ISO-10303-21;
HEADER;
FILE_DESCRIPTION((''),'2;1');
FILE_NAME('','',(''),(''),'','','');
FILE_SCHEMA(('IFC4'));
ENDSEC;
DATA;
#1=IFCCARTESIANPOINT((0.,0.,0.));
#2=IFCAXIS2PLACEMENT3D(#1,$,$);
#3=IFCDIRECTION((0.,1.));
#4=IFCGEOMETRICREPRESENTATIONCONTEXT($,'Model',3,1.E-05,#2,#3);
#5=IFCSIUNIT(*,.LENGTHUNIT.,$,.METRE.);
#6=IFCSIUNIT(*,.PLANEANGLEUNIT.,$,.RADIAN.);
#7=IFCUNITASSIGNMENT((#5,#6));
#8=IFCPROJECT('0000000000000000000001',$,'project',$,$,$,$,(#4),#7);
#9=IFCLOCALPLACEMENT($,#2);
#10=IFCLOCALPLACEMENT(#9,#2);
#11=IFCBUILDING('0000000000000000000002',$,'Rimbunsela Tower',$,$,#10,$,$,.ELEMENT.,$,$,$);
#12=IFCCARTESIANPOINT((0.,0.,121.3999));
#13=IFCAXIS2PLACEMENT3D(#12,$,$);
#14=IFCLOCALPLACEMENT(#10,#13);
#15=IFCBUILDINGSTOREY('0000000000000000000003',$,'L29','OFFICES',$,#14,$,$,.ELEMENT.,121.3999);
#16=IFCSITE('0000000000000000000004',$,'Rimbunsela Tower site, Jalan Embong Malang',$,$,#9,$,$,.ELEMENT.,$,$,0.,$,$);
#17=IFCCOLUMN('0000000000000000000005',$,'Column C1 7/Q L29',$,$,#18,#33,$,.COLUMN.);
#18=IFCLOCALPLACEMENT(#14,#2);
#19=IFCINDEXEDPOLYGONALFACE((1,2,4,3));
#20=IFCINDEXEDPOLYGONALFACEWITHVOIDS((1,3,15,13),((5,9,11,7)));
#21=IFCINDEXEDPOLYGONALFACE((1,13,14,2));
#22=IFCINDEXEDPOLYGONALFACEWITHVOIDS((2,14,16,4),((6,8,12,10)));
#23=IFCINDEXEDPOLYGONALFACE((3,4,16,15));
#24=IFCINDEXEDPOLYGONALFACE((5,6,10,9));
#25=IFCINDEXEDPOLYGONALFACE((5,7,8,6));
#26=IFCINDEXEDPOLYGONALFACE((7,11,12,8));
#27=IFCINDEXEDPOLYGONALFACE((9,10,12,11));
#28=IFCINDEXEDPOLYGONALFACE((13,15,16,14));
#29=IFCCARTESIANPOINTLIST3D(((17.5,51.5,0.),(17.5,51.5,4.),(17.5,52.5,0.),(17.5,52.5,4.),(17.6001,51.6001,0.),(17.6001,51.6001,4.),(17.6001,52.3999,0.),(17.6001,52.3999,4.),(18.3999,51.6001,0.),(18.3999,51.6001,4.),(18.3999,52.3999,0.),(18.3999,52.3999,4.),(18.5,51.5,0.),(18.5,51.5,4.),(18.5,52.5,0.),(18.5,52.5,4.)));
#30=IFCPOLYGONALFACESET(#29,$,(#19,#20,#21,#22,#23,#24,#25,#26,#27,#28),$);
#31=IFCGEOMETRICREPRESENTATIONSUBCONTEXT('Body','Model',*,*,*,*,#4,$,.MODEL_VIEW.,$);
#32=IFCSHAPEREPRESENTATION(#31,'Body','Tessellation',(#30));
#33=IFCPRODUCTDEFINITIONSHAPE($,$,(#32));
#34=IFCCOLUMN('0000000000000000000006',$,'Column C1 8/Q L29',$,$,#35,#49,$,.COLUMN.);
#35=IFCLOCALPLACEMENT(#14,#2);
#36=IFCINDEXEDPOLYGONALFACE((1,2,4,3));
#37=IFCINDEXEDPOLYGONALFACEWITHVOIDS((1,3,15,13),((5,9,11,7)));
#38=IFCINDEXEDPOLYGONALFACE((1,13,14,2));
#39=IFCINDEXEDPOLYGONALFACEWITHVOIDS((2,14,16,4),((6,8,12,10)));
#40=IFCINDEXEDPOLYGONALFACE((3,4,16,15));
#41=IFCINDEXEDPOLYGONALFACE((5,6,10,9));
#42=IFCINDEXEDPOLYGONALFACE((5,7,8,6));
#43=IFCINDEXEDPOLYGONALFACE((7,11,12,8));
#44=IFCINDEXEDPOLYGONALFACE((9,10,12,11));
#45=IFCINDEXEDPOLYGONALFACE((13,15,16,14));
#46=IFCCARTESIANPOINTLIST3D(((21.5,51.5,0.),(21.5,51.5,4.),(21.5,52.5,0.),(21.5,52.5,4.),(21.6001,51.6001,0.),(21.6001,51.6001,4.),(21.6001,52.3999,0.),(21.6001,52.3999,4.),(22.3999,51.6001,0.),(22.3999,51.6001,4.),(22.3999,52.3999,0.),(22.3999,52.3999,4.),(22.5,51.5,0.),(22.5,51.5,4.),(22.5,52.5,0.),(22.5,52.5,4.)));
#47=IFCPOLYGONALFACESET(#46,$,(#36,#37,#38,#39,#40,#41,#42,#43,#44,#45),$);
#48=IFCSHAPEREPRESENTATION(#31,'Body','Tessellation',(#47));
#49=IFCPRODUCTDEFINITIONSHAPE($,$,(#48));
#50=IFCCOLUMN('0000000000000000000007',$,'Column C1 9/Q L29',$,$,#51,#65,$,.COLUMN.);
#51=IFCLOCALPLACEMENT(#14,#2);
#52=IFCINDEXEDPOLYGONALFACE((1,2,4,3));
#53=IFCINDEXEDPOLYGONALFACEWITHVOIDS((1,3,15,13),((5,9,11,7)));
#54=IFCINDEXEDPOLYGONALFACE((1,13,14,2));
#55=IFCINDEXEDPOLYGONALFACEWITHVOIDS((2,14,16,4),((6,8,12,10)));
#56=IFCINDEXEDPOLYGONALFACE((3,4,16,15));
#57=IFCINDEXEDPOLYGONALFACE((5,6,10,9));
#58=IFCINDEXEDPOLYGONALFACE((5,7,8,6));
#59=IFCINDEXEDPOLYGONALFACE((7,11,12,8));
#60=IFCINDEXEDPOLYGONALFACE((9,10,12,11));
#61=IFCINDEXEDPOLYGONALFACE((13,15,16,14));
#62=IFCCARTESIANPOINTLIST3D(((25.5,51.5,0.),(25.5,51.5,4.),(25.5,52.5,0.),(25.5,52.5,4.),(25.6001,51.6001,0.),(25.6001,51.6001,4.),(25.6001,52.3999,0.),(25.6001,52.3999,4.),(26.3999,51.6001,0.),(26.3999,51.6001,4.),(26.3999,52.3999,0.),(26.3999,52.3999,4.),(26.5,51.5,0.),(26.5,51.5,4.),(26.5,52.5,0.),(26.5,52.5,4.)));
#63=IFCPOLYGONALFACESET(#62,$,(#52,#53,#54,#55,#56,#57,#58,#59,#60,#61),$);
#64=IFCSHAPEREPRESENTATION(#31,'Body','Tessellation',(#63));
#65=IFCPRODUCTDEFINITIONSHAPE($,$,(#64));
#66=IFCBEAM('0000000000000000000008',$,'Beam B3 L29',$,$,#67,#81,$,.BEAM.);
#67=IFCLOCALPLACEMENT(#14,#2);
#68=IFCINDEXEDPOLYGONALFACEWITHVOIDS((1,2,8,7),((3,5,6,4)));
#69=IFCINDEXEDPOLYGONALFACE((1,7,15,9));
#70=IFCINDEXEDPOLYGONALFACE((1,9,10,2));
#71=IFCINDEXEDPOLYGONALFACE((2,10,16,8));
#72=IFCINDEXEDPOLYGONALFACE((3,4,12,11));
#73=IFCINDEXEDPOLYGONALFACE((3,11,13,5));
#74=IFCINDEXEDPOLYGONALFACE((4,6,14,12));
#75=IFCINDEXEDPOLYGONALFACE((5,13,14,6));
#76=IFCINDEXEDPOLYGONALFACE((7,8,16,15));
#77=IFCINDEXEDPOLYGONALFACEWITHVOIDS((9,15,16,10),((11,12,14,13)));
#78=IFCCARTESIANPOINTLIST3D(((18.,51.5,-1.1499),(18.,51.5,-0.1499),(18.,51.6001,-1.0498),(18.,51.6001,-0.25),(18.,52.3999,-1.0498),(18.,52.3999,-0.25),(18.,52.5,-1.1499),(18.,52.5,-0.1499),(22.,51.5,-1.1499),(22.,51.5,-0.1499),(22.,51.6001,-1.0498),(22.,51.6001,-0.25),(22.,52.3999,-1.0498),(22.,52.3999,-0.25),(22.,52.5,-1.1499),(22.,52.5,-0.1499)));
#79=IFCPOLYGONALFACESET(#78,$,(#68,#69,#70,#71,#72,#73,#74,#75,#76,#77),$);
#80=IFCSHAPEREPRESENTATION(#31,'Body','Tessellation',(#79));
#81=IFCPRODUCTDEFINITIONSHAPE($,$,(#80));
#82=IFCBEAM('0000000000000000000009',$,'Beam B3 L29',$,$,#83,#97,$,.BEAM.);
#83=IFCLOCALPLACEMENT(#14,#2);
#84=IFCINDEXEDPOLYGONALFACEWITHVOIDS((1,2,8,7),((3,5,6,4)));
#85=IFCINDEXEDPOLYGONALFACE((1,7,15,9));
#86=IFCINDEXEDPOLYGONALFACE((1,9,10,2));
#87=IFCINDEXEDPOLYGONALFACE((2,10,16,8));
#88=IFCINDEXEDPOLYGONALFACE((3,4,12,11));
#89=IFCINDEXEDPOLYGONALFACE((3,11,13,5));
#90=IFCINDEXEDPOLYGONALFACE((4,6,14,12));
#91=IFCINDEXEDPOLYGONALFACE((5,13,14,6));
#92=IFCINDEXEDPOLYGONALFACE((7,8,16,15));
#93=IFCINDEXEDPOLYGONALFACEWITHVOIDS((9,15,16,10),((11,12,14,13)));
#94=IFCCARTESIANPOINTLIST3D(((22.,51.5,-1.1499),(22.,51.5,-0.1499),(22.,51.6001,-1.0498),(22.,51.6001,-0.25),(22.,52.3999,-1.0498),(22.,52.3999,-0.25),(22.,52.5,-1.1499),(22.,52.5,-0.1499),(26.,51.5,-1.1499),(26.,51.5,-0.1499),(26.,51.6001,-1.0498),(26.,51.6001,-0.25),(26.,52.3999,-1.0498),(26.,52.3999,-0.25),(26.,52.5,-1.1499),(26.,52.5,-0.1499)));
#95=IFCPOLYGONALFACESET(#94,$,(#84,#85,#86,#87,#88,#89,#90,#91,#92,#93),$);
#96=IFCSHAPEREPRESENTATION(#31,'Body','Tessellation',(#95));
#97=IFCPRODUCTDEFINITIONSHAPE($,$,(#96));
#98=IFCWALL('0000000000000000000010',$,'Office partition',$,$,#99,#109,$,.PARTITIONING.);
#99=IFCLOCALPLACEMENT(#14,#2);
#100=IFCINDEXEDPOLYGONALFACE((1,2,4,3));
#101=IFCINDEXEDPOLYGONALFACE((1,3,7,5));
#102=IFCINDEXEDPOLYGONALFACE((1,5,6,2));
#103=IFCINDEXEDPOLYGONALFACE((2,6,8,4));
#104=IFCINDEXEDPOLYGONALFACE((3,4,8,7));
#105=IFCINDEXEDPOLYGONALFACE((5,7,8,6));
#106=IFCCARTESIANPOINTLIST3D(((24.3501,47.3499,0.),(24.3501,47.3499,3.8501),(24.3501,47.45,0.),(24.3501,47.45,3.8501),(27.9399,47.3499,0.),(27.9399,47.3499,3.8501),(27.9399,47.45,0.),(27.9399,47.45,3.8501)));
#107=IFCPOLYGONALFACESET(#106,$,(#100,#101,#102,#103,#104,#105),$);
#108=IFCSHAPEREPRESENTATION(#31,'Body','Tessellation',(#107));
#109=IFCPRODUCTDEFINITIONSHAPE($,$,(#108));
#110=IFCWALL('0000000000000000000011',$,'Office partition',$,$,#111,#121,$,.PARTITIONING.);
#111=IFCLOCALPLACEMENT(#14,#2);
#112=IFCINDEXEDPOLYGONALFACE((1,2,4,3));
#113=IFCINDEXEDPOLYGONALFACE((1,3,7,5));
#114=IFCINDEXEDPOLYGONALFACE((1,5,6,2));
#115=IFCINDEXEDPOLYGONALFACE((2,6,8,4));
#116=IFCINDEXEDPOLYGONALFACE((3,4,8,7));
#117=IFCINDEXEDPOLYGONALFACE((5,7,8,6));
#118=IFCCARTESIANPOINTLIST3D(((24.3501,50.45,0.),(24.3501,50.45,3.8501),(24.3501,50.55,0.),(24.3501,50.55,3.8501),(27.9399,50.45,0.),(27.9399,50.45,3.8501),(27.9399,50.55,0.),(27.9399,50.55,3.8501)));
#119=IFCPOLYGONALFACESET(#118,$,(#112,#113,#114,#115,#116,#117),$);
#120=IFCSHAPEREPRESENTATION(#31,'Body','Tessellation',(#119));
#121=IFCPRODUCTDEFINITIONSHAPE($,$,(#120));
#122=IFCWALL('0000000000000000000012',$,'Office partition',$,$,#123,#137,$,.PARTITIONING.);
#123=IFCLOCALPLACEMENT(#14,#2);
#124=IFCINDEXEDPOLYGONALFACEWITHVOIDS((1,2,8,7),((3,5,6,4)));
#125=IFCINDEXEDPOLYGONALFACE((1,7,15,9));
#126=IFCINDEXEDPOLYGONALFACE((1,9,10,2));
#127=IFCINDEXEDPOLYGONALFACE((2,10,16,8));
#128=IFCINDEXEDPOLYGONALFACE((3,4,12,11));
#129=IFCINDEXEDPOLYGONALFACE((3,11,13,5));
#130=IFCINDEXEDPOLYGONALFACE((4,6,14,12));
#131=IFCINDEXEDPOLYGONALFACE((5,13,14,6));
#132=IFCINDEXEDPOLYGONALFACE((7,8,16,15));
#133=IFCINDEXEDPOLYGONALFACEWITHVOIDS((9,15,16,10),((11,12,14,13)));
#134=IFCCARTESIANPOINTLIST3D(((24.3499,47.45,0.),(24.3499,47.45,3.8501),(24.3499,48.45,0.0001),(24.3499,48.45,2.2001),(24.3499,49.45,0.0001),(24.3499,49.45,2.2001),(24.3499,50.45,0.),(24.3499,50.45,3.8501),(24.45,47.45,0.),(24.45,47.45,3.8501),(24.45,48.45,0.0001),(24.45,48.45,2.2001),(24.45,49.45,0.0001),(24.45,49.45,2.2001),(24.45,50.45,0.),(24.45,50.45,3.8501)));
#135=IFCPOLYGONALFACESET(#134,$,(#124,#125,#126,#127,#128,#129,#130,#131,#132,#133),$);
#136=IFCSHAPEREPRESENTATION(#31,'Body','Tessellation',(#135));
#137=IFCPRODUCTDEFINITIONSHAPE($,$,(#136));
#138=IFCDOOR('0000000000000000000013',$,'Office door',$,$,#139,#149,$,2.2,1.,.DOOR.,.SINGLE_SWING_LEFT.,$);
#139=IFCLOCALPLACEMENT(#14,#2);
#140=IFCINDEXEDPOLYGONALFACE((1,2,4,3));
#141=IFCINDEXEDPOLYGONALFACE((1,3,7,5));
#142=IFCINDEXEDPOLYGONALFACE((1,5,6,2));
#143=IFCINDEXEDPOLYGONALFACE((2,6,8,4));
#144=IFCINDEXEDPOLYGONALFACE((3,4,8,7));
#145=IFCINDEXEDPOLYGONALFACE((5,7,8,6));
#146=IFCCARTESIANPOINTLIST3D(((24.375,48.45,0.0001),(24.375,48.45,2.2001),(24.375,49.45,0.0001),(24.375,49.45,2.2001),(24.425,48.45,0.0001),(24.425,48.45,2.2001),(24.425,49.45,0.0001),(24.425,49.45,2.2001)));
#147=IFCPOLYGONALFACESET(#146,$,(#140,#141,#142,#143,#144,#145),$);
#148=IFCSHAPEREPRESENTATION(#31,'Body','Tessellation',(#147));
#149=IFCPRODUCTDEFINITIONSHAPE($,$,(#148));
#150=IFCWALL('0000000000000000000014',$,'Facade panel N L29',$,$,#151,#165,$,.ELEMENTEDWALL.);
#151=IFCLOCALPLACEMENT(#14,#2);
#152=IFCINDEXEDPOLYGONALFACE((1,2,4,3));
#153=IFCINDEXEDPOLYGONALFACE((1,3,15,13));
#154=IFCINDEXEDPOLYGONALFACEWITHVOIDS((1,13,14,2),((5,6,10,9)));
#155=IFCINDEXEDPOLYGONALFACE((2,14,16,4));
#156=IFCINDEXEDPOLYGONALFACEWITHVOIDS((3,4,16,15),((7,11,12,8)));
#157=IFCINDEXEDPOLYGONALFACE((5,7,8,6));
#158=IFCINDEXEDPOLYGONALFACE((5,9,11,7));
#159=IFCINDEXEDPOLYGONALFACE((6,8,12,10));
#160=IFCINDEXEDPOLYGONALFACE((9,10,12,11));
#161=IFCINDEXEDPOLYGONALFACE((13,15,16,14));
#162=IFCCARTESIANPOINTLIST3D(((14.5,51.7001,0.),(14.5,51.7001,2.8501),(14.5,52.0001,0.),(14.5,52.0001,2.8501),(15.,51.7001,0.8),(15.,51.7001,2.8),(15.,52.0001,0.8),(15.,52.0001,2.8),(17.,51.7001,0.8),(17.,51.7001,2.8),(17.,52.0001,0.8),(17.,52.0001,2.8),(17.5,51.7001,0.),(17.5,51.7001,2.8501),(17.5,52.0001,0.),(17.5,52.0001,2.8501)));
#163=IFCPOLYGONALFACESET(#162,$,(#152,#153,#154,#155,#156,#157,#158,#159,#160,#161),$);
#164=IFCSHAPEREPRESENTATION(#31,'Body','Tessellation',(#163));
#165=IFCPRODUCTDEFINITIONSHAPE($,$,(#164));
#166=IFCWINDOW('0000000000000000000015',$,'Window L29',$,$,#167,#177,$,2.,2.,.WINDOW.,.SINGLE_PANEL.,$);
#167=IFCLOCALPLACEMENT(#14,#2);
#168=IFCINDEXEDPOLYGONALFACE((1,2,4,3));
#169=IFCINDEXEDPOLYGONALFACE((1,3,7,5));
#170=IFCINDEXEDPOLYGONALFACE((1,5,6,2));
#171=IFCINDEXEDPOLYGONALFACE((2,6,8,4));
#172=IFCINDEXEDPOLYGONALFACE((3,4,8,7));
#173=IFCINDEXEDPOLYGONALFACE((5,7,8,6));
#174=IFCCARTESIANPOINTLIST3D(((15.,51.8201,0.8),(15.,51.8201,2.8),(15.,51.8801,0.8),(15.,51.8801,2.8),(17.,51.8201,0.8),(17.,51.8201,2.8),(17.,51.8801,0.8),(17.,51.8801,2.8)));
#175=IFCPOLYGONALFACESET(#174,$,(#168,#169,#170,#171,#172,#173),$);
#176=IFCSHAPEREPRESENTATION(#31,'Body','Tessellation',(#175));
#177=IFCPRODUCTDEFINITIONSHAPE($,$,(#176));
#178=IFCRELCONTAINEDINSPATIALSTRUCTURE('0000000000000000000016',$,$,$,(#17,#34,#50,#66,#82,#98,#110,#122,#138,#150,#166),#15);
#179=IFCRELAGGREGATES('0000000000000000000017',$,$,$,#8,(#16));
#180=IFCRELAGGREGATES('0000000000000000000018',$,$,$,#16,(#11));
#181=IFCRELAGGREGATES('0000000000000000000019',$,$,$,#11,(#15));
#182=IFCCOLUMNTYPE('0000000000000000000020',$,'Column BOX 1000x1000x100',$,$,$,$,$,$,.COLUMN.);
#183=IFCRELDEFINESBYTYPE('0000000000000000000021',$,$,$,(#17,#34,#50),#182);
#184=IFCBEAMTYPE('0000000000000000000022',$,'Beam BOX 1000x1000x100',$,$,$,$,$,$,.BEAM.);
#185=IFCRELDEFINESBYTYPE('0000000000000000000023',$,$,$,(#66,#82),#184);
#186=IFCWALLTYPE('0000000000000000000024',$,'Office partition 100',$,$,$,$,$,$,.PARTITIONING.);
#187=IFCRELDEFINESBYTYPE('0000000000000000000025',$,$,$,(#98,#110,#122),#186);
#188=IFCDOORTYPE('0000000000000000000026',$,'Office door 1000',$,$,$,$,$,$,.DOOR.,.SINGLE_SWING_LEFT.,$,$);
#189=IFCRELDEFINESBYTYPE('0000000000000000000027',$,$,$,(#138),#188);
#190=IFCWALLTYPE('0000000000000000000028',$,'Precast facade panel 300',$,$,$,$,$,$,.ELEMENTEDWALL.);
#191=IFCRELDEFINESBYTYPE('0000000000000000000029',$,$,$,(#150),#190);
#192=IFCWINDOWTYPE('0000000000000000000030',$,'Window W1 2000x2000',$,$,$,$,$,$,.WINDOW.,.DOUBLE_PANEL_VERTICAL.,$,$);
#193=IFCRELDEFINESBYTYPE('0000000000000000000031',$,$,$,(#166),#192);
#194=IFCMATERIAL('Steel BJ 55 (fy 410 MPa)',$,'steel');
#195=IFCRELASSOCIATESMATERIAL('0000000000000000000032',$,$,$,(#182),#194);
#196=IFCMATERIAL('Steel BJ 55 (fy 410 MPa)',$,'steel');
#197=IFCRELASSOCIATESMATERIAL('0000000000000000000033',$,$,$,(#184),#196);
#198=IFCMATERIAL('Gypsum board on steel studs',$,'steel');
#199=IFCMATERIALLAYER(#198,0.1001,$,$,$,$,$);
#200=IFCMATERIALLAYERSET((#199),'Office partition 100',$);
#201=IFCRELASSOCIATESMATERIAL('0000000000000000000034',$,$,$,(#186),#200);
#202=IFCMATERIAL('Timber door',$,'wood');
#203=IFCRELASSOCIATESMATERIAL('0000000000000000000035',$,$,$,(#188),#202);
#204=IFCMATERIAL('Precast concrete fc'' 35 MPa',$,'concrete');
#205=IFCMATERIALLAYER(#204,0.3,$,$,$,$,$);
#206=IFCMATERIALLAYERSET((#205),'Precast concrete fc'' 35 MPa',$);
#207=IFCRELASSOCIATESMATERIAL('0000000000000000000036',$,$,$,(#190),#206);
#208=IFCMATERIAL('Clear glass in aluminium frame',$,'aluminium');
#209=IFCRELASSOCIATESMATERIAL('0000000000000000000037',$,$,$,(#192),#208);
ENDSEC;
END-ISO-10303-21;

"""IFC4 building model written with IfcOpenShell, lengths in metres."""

from ifc_helpers import new_model, si_unit, direction, frame, frame_2d, origin, origin_2d, place, context, subcontext, project, spatial, rectangle, hollow_rectangle, extrude, material, layer, layer_set, material_profile, profile_set, type_object, element, fill, save


model = new_model("IFC4")

# Units and contexts
model_context = context("Model", 3, precision=1e-05, world=origin(), true_north=direction((0.0, 1.0)))
body_context = subcontext(model_context, "Body", "Model", "MODEL_VIEW")
ifc_project = project(units=[si_unit("LENGTHUNIT", "METRE"), si_unit("PLANEANGLEUNIT", "RADIAN")], contexts=[model_context])

# Site, building, storey
site_placement = place(None, origin())
site = spatial("IfcSite", under=ifc_project, at=site_placement, Name="Rimbunsela Tower site, Jalan Embong Malang", CompositionType="ELEMENT", RefElevation=0.0)
building_placement = place(site_placement, origin())
building = spatial("IfcBuilding", under=site, at=building_placement, Name="Rimbunsela Tower", CompositionType="ELEMENT")
storey_placement = place(building_placement, frame((0.0, 0.0, 121.3999)))
storey = spatial("IfcBuildingStorey", under=building, at=storey_placement, Name="L29", Description="OFFICES", CompositionType="ELEMENT", Elevation=121.3999)

# Columns
ifc_material_1 = material(Name="Steel BJ 55 (fy 410 MPa)", Category="steel")
ifc_material_profile_1 = material_profile(ifc_material_1, hollow_rectangle(XDim=1.0, YDim=1.0, WallThickness=0.1001, at=origin_2d()), Name="BOX 1000x1000x100")
ifc_profile_set_1 = profile_set([ifc_material_profile_1], Name="Steel BJ 55 (fy 410 MPa)")
column_type = type_object("IfcColumnType", Name="Column BOX 1000x1000x100", PredefinedType="COLUMN", material=ifc_profile_set_1)
for number, where, z_axis, x_axis, name in (
    (1, (18.0, 52.0, 0.0), (0.0, 0.0, 1.0), (1.0, 0.0, 0.0), "Column C1 7/Q L29"),
    (2, (22.0, 52.0, 0.0), (0.0, 0.0, 1.0), (1.0, 0.0, 0.0), "Column C1 8/Q L29"),
    (3, (26.0, 52.0, 0.0), (0.0, 0.0, 1.0), (1.0, 0.0, 0.0), "Column C1 9/Q L29"),
):
    element("IfcColumn", number, at=place(storey_placement, frame(where, z_axis=z_axis, x_axis=x_axis)), inside=storey, type_object=column_type, Name=name, PredefinedType="COLUMN", context=body_context, shape_type="SweptSolid", body=[
        extrude(hollow_rectangle(XDim=1.0, YDim=1.0, WallThickness=0.1001, at=origin_2d()), origin(), (0.0, 0.0, 1.0), 4.0),
    ])

# Beams
ifc_material_2 = material(Name="Steel BJ 55 (fy 410 MPa)", Category="steel")
ifc_material_profile_2 = material_profile(ifc_material_2, hollow_rectangle(XDim=1.0, YDim=1.0, WallThickness=0.1001, at=origin_2d()), Name="BOX 1000x1000x100")
ifc_profile_set_2 = profile_set([ifc_material_profile_2], Name="Steel BJ 55 (fy 410 MPa)")
beam_type = type_object("IfcBeamType", Name="Beam BOX 1000x1000x100", PredefinedType="BEAM", material=ifc_profile_set_2)
for number, where, z_axis, x_axis, name in (
    (4, (18.0, 52.0, -0.6499), (1.0, 0.0, 0.0), (0.0, 1.0, 0.0), "Beam B3 L29"),
    (5, (22.0, 52.0, -0.6499), (1.0, 0.0, 0.0), (0.0, 1.0, 0.0), "Beam B3 L29"),
):
    element("IfcBeam", number, at=place(storey_placement, frame(where, z_axis=z_axis, x_axis=x_axis)), inside=storey, type_object=beam_type, Name=name, PredefinedType="BEAM", context=body_context, shape_type="SweptSolid", body=[
        extrude(hollow_rectangle(XDim=1.0, YDim=1.0, WallThickness=0.1001, at=origin_2d()), origin(), (0.0, 0.0, 1.0), 4.0),
    ])

# Walls
ifc_material_3 = material(Name="Gypsum board on steel studs", Category="steel")
ifc_layer_1 = layer(ifc_material_3, 0.1001)
ifc_layer_set_1 = layer_set([ifc_layer_1], Name="Office partition 100")
wall_type_1 = type_object("IfcWallType", Name="Office partition 100", PredefinedType="PARTITIONING", material=ifc_layer_set_1)
for number, where, z_axis, x_axis, name in (
    (6, (24.3501, 47.3999, 0.0), (0.0, 0.0, 1.0), (1.0, 0.0, 0.0), "Office partition"),
    (7, (24.3501, 50.5, 0.0), (0.0, 0.0, 1.0), (1.0, 0.0, 0.0), "Office partition"),
):
    element("IfcWall", number, at=place(storey_placement, frame(where, z_axis=z_axis, x_axis=x_axis)), inside=storey, type_object=wall_type_1, Name=name, PredefinedType="PARTITIONING", context=body_context, shape_type="SweptSolid", body=[
        extrude(rectangle(XDim=3.5898, YDim=0.1001, at=frame_2d((1.7949, 0.0))), origin(), (0.0, 0.0, 1.0), 3.8501),
    ])

# Wall, opening, door
wall_1_placement = place(storey_placement, frame((24.3999, 47.45, 0.0), z_axis=(0.0, 0.0, 1.0), x_axis=(0.0, 1.0, 0.0)))
wall_1 = element("IfcWall", 8, at=wall_1_placement, inside=storey, type_object=wall_type_1, Name="Office partition", PredefinedType="PARTITIONING", context=body_context, shape_type="SweptSolid", body=[
    extrude(rectangle(XDim=3.0, YDim=0.1001, at=frame_2d((1.5, 0.0))), origin(), (0.0, 0.0, 1.0), 3.8501),
])
opening_1_placement = place(wall_1_placement, frame((1.0, 0.0, 0.0)))
opening_1 = element("IfcOpeningElement", 9, at=opening_1_placement, cuts=wall_1, PredefinedType="OPENING", context=body_context, shape_type="SweptSolid", body=[
    extrude(rectangle(XDim=1.0, YDim=2.2, at=frame_2d((0.5, 1.1001))), frame((0.0, 0.0601, 0.0), z_axis=(0.0, -1.0, 0.0), x_axis=(1.0, 0.0, 0.0)), (0.0, 0.0, 1.0), 0.1201),
])
ifc_material_4 = material(Name="Timber door", Category="wood")
door_type = type_object("IfcDoorType", Name="Office door 1000", OperationType="SINGLE_SWING_LEFT", PredefinedType="DOOR", material=ifc_material_4)
door_placement = place(opening_1_placement, origin())
door = element("IfcDoor", 10, at=door_placement, inside=storey, type_object=door_type, Name="Office door", OperationType="SINGLE_SWING_LEFT", OverallHeight=2.2, OverallWidth=1.0, PredefinedType="DOOR", context=body_context, shape_type="SweptSolid", body=[
    extrude(rectangle(XDim=1.0, YDim=2.2, at=frame_2d((0.5, 1.1001))), frame((0.0, 0.0249, 0.0), z_axis=(0.0, -1.0, 0.0), x_axis=(1.0, 0.0, 0.0)), (0.0, 0.0, 1.0), 0.05),
])
fill(opening_1, door)

# Wall, opening, window
ifc_material_5 = material(Name="Precast concrete fc' 35 MPa", Category="concrete")
ifc_layer_2 = layer(ifc_material_5, 0.3)
ifc_layer_set_2 = layer_set([ifc_layer_2], Name="Precast concrete fc' 35 MPa")
wall_type_2 = type_object("IfcWallType", Name="Precast facade panel 300", PredefinedType="ELEMENTEDWALL", material=ifc_layer_set_2)
wall_2_placement = place(storey_placement, frame((17.5, 51.8501, 0.0), z_axis=(0.0, 0.0, 1.0), x_axis=(-1.0, 0.0, 0.0)))
wall_2 = element("IfcWall", 11, at=wall_2_placement, inside=storey, type_object=wall_type_2, Name="Facade panel N L29", PredefinedType="ELEMENTEDWALL", context=body_context, shape_type="SweptSolid", body=[
    extrude(rectangle(XDim=3.0, YDim=0.3, at=frame_2d((1.5, 0.0))), origin(), (0.0, 0.0, 1.0), 2.8501),
])
opening_2_placement = place(wall_2_placement, frame((0.5, 0.0, 0.8)))
opening_2 = element("IfcOpeningElement", 12, at=opening_2_placement, cuts=wall_2, PredefinedType="OPENING", context=body_context, shape_type="SweptSolid", body=[
    extrude(rectangle(XDim=2.0, YDim=2.0, at=frame_2d((1.0, 1.0))), frame((0.0, 0.1599, 0.0), z_axis=(0.0, -1.0, 0.0), x_axis=(1.0, 0.0, 0.0)), (0.0, 0.0, 1.0), 0.3201),
])
ifc_material_6 = material(Name="Clear glass in aluminium frame", Category="aluminium")
window_type = type_object("IfcWindowType", Name="Window W1 2000x2000", PartitioningType="DOUBLE_PANEL_VERTICAL", PredefinedType="WINDOW", material=ifc_material_6)
window_1_placement = place(opening_2_placement, origin())
window_1 = element("IfcWindow", 13, at=window_1_placement, inside=storey, type_object=window_type, Name="Window L29", OverallHeight=2.0, OverallWidth=2.0, PartitioningType="SINGLE_PANEL", PredefinedType="WINDOW", context=body_context, shape_type="SweptSolid", body=[
    extrude(rectangle(XDim=2.0, YDim=2.0, at=frame_2d((1.0, 1.0))), frame((0.0, 0.03, 0.0), z_axis=(0.0, -1.0, 0.0), x_axis=(1.0, 0.0, 0.0)), (0.0, 0.0, 1.0), 0.0601),
])
fill(opening_2, window_1)

save(model, "model.ifc")
